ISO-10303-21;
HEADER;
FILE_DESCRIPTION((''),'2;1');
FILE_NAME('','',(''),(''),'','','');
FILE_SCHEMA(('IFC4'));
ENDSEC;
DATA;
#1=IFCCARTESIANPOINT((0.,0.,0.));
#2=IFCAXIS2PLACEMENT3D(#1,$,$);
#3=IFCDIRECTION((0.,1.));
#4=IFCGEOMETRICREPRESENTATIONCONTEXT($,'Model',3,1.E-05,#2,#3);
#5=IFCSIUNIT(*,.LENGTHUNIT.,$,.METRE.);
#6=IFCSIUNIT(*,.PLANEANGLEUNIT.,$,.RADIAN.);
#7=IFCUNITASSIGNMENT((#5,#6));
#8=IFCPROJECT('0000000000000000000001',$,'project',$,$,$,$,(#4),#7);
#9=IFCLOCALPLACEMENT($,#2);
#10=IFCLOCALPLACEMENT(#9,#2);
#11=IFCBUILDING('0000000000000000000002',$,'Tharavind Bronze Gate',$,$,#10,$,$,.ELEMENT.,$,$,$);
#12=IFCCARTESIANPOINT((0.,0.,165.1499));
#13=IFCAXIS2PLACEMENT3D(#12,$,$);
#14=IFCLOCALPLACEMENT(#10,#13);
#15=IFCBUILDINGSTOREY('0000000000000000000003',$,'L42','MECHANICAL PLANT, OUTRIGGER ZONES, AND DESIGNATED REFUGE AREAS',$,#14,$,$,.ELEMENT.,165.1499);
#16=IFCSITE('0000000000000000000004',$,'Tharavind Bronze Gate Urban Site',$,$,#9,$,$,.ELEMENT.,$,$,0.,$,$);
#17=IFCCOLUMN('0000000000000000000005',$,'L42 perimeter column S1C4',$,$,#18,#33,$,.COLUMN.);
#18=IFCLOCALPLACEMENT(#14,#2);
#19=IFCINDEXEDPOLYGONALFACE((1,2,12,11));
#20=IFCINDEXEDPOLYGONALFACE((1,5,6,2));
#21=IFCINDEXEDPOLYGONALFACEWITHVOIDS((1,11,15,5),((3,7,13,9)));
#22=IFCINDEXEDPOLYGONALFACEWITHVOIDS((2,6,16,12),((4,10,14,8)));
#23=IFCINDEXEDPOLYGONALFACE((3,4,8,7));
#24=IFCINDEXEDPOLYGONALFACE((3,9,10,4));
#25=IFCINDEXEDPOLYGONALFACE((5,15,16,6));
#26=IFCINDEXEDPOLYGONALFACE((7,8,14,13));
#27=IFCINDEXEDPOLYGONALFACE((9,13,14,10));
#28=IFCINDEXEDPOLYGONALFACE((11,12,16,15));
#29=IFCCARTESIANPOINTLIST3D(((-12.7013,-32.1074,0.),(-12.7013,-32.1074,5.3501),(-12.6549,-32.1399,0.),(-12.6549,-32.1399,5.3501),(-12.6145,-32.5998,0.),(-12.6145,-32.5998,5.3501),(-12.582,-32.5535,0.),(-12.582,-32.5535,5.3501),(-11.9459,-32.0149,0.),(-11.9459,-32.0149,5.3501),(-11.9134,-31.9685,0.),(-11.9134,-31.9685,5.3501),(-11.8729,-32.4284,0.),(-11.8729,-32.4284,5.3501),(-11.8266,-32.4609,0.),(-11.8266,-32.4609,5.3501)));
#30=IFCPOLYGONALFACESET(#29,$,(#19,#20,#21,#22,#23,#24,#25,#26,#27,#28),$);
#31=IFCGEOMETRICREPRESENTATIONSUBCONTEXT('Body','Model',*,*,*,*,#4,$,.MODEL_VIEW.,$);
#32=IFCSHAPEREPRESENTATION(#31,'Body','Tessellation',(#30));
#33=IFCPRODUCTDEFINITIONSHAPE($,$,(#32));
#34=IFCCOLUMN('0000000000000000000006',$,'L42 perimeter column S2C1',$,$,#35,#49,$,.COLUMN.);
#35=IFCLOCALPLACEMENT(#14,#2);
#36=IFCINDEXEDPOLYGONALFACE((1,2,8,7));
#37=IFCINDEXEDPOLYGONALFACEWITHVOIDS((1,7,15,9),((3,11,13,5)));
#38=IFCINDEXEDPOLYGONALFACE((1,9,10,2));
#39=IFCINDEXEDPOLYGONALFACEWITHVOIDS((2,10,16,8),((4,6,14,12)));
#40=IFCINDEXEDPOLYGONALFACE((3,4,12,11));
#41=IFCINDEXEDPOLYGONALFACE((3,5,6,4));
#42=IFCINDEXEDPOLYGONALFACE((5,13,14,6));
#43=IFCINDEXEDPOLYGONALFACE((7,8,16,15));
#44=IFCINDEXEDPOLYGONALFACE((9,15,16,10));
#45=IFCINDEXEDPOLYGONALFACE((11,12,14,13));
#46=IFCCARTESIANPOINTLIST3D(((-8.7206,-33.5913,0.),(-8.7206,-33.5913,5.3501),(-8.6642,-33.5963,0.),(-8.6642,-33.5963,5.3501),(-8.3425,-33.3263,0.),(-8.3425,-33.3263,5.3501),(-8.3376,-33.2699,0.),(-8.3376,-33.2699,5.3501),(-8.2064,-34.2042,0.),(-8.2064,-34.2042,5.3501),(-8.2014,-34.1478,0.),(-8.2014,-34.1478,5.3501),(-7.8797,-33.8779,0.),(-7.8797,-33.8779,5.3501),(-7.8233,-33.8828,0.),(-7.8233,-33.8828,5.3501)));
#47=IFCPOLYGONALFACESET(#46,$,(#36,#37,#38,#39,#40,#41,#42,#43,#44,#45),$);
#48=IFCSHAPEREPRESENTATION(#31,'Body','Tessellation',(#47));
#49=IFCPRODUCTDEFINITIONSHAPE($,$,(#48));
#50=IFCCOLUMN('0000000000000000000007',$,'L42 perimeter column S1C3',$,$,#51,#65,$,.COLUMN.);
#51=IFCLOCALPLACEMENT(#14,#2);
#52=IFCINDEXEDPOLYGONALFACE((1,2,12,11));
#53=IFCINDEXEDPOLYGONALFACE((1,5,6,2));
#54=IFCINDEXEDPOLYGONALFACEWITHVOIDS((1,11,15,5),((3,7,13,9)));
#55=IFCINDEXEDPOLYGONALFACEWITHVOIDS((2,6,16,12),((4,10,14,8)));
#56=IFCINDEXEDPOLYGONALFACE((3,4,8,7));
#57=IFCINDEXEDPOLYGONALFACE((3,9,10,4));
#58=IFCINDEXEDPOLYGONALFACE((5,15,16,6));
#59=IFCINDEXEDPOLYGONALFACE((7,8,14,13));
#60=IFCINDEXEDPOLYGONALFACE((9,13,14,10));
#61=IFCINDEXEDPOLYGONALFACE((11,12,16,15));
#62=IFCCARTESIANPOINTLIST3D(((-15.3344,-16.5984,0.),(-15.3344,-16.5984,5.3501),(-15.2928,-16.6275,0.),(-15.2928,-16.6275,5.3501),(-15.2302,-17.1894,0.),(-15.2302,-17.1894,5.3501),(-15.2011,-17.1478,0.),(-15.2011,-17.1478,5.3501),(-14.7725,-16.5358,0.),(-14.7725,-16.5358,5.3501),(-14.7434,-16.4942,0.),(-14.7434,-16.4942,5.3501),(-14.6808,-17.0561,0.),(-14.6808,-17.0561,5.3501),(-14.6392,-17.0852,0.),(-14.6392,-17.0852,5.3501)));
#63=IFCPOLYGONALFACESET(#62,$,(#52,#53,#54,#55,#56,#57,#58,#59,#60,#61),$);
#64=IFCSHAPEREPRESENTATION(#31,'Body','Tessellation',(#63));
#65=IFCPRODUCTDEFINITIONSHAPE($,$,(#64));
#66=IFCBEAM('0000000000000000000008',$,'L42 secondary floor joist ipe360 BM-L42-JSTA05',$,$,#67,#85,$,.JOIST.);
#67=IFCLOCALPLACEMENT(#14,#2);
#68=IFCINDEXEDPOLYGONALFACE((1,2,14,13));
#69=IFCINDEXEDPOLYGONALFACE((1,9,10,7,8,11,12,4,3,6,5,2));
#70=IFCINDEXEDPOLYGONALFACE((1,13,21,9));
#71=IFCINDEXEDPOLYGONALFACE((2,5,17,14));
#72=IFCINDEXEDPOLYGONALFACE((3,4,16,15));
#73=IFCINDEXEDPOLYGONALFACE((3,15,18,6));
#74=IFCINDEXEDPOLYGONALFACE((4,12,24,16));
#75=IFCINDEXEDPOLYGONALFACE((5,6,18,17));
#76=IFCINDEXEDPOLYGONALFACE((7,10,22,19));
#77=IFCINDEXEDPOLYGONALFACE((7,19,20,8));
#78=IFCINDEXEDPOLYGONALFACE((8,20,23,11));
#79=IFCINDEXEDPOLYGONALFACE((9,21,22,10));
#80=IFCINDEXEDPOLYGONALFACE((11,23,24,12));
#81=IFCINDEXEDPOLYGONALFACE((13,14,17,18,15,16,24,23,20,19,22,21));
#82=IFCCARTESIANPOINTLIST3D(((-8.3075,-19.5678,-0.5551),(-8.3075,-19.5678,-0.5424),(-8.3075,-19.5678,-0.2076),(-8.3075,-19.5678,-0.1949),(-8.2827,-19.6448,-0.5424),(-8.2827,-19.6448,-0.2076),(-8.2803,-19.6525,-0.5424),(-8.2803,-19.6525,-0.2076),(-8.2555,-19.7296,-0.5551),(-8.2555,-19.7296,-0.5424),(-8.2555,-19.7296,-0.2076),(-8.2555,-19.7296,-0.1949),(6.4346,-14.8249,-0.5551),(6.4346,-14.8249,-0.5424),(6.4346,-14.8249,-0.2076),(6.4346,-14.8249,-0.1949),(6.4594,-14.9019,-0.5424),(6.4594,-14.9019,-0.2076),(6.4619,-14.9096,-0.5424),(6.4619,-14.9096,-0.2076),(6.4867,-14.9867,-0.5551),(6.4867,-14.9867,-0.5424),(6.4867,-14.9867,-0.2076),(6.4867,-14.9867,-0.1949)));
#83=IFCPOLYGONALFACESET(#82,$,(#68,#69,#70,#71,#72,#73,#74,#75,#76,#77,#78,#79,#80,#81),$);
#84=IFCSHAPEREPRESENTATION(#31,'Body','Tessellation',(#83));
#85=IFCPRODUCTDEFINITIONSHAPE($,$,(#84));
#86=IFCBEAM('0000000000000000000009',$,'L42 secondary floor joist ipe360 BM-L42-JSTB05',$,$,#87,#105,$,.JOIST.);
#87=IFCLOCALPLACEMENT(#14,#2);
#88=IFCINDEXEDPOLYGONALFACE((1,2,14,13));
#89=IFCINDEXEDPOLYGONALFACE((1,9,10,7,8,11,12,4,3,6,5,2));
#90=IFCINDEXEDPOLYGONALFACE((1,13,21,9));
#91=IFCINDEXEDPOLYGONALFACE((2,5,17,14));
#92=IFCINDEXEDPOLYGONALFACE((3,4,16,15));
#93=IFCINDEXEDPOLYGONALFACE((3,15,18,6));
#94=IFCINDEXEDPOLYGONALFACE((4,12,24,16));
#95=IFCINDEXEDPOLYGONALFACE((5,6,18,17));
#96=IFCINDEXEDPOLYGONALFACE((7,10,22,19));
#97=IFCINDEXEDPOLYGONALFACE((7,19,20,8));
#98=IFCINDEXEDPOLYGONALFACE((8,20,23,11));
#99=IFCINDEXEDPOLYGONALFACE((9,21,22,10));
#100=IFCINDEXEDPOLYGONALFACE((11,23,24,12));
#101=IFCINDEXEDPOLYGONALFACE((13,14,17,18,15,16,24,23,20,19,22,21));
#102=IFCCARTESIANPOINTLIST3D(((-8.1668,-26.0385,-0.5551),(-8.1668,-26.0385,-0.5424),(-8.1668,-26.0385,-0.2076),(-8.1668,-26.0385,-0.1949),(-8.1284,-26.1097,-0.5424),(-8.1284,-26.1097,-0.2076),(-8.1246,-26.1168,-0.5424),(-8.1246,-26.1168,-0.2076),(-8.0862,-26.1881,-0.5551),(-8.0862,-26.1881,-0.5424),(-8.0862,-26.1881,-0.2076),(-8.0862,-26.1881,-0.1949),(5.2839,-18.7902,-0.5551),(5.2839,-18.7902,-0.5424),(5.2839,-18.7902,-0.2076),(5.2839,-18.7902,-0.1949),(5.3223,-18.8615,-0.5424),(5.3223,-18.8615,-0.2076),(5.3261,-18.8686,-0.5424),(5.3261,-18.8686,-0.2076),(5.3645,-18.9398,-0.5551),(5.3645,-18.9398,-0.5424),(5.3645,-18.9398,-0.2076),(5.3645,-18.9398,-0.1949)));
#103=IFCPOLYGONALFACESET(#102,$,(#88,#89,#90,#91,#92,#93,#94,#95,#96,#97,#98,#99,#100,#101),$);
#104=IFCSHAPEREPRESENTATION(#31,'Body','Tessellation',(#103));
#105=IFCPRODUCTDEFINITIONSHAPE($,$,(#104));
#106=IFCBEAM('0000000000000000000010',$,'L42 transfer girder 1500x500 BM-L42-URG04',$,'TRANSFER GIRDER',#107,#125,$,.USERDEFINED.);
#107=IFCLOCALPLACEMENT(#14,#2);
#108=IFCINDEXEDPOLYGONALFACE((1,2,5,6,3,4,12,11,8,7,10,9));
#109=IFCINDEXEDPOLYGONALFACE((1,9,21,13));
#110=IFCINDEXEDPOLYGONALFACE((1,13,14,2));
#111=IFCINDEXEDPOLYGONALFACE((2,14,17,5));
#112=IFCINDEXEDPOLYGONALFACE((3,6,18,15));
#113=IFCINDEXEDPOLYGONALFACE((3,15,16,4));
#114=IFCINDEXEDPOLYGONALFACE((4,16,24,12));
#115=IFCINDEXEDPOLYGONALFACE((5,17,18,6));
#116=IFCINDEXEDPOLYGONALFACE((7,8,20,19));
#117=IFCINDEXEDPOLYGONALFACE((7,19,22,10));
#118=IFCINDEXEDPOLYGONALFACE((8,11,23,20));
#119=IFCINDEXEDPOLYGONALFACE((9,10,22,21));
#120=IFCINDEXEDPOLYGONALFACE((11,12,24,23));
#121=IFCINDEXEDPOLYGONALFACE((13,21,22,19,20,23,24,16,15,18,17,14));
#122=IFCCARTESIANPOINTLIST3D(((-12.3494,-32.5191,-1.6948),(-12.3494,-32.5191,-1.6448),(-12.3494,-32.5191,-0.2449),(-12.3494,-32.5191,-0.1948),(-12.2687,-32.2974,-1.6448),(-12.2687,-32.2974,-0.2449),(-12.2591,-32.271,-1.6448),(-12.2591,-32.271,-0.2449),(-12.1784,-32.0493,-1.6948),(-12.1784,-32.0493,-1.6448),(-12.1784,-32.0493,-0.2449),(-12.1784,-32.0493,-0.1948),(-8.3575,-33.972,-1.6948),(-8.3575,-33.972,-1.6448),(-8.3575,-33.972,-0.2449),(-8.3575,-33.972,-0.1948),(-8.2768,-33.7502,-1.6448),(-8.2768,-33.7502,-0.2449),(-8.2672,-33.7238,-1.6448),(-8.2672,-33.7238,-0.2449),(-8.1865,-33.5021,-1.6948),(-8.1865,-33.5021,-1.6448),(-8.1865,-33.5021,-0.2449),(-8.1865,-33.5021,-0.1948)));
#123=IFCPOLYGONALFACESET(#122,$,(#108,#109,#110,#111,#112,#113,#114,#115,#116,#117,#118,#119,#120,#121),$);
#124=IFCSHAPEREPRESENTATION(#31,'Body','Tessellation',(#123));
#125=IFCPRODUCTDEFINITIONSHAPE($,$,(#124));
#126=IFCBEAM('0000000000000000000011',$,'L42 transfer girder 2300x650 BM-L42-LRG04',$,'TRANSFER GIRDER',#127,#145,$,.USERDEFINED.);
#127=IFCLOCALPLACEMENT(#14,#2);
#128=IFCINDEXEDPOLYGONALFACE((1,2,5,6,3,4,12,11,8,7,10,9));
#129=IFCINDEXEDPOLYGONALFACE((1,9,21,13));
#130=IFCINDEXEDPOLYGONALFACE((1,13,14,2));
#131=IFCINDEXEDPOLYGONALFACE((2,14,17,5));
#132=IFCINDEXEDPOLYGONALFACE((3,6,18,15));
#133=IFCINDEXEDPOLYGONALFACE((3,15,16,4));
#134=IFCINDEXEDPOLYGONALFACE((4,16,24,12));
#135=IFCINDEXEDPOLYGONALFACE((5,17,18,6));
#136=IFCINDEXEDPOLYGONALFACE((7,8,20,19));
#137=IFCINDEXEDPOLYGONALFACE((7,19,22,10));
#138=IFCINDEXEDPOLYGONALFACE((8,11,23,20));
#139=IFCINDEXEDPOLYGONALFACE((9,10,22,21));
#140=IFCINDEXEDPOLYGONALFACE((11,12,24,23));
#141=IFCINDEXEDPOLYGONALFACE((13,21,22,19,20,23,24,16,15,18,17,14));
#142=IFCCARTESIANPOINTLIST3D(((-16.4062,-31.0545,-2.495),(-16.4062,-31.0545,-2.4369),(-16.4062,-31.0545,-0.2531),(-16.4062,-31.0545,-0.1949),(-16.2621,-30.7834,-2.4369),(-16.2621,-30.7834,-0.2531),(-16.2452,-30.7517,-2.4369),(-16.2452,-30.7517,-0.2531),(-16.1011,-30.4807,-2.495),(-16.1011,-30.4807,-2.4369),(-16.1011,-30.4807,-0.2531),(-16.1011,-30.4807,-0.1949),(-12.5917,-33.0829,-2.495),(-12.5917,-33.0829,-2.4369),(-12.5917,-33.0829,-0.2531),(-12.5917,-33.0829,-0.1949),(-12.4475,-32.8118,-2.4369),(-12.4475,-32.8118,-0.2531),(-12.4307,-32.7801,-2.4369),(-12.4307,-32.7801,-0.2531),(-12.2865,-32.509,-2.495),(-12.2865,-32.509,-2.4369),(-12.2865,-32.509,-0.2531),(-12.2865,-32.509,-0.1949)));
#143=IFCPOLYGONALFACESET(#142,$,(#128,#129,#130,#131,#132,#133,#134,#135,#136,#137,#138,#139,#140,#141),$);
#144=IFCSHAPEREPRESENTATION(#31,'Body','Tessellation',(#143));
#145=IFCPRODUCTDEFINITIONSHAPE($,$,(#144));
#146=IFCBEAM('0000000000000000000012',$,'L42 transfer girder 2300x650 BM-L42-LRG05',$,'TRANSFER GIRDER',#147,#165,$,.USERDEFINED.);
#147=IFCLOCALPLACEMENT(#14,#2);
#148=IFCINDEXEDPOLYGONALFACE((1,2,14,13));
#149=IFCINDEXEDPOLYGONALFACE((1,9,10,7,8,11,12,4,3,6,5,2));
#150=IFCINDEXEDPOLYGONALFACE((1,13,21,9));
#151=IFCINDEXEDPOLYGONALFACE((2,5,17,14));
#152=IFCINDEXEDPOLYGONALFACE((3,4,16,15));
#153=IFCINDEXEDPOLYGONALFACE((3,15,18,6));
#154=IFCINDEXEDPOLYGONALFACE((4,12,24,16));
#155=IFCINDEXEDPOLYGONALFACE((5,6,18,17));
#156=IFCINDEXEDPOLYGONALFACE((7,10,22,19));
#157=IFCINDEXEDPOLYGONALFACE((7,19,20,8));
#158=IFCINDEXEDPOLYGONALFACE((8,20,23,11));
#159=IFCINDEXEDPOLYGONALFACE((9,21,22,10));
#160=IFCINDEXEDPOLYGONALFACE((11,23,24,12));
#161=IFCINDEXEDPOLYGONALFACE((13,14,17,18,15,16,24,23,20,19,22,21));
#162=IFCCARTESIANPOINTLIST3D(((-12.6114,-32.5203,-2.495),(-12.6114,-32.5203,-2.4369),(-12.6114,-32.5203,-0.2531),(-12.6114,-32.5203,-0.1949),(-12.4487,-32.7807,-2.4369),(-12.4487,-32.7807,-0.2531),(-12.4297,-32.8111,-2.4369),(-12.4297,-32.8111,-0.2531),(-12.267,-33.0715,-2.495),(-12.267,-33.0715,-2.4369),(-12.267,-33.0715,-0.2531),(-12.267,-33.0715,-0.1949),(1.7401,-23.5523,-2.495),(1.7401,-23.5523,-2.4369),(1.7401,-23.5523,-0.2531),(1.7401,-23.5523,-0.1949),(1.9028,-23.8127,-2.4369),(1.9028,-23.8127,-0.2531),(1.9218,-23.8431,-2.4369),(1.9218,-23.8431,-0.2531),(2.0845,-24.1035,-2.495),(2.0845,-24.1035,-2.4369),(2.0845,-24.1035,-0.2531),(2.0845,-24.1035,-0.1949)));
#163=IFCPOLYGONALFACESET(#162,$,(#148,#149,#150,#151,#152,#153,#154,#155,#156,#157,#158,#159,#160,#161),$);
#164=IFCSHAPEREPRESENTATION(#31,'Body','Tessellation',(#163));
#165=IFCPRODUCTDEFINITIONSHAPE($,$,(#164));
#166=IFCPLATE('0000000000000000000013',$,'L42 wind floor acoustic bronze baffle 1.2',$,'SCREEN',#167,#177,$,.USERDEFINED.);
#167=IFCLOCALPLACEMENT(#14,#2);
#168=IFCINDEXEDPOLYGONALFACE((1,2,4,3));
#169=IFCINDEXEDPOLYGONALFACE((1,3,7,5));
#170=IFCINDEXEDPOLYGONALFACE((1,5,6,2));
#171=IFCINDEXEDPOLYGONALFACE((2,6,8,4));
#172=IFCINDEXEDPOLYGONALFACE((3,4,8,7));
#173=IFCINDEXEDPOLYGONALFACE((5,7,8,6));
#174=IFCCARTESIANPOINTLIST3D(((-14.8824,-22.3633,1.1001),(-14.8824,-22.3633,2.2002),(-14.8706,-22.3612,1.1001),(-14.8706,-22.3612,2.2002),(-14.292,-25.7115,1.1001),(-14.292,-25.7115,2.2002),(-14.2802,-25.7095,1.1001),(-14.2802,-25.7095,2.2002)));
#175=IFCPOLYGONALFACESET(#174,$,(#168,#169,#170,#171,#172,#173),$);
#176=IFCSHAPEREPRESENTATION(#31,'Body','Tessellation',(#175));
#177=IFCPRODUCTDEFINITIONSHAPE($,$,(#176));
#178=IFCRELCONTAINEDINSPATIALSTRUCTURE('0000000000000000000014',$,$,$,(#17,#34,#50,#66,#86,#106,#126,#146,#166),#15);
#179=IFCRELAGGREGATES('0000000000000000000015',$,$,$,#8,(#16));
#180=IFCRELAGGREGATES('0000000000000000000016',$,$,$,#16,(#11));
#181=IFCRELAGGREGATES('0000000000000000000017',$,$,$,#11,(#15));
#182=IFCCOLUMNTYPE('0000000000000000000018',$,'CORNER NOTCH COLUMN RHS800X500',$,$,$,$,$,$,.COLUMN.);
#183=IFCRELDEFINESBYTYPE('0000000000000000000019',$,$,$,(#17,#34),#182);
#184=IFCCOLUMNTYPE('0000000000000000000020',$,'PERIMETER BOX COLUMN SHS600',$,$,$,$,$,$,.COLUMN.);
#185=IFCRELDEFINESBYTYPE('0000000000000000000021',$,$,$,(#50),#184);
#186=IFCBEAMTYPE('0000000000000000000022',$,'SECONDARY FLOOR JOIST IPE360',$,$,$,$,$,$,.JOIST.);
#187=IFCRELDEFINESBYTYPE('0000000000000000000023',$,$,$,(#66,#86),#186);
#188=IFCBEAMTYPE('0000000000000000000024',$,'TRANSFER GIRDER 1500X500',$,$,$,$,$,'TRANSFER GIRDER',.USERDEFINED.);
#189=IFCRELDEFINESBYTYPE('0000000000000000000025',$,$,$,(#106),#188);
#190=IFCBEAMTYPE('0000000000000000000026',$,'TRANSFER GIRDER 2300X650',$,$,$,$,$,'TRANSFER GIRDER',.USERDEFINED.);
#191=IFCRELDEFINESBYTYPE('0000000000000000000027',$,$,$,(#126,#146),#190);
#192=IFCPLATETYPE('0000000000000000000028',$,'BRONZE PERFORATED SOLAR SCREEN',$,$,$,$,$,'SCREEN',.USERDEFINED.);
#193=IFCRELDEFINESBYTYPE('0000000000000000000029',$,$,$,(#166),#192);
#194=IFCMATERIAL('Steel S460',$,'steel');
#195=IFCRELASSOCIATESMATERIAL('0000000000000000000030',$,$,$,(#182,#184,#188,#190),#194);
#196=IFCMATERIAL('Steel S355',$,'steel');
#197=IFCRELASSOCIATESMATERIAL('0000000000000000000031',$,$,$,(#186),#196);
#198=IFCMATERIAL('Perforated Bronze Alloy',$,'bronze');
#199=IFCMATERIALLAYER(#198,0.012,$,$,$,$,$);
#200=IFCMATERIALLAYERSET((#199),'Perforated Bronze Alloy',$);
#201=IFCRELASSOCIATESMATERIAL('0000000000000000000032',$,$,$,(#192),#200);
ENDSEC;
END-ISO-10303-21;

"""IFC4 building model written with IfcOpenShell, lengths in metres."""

from ifc_helpers import new_model, si_unit, direction, frame, origin, origin_2d, place, context, subcontext, project, spatial, rectangle, hollow_rectangle, i_section, extrude, material, layer, layer_set, material_profile, profile_set, type_object, element, save


model = new_model("IFC4")

# Units and contexts
model_context = context("Model", 3, precision=1e-05, world=origin(), true_north=direction((0.0, 1.0)))
body_context = subcontext(model_context, "Body", "Model", "MODEL_VIEW")
ifc_project = project(units=[si_unit("LENGTHUNIT", "METRE"), si_unit("PLANEANGLEUNIT", "RADIAN")], contexts=[model_context])

# Site, building, storey
site_placement = place(None, origin())
site = spatial("IfcSite", under=ifc_project, at=site_placement, Name="Tharavind Bronze Gate Urban Site", CompositionType="ELEMENT", RefElevation=0.0)
building_placement = place(site_placement, origin())
building = spatial("IfcBuilding", under=site, at=building_placement, Name="Tharavind Bronze Gate", CompositionType="ELEMENT")
storey_placement = place(building_placement, frame((0.0, 0.0, 165.1499)))
storey = spatial("IfcBuildingStorey", under=building, at=storey_placement, Name="L42", Description="MECHANICAL PLANT, OUTRIGGER ZONES, AND DESIGNATED REFUGE AREAS", CompositionType="ELEMENT", Elevation=165.1499)

# Columns
ifc_material_1 = material(Name="Steel S460", Category="steel")
ifc_material_profile_1 = material_profile(ifc_material_1, hollow_rectangle(XDim=0.5, YDim=0.8, WallThickness=0.04, at=origin_2d()), Name="RHS800X500X40")
ifc_profile_set_1 = profile_set([ifc_material_profile_1], Name="Steel S460")
column_type_1 = type_object("IfcColumnType", Name="CORNER NOTCH COLUMN RHS800X500", PredefinedType="COLUMN", material=ifc_profile_set_1)
for number, where, z_axis, x_axis, name in (
    (1, (-12.2639, -32.2842, 0.0), (0.0, 0.0, 1.0), (-0.173648, 0.984808, 0.0), "L42 perimeter column S1C4"),
    (2, (-8.272, -33.7371, 0.0), (0.0, 0.0, 1.0), (0.766043, 0.642789, 0.0), "L42 perimeter column S2C1"),
):
    element("IfcColumn", number, at=place(storey_placement, frame(where, z_axis=z_axis, x_axis=x_axis)), inside=storey, type_object=column_type_1, Name=name, PredefinedType="COLUMN", context=body_context, shape_type="SweptSolid", body=[
        extrude(hollow_rectangle(XDim=0.5, YDim=0.8, WallThickness=0.04, at=origin_2d()), origin(), (0.0, 0.0, 1.0), 5.3501),
    ])
ifc_material_profile_2 = material_profile(ifc_material_1, hollow_rectangle(XDim=0.6001, YDim=0.6001, WallThickness=0.0359, at=origin_2d()), Name="SHS600X36")
ifc_profile_set_2 = profile_set([ifc_material_profile_2], Name="Steel S460")
column_type_2 = type_object("IfcColumnType", Name="PERIMETER BOX COLUMN SHS600", PredefinedType="COLUMN", material=ifc_profile_set_2)
column_placement = place(storey_placement, frame((-14.9868, -16.8418, 0.0), z_axis=(0.0, 0.0, 1.0), x_axis=(-0.173648, 0.984808, 0.0)))
element("IfcColumn", 3, at=column_placement, inside=storey, type_object=column_type_2, Name="L42 perimeter column S1C3", PredefinedType="COLUMN", context=body_context, shape_type="SweptSolid", body=[
    extrude(hollow_rectangle(XDim=0.6001, YDim=0.6001, WallThickness=0.0359, at=origin_2d()), origin(), (0.0, 0.0, 1.0), 5.3501),
])

# Beams
ifc_material_2 = material(Name="Steel S355", Category="steel")
ifc_material_profile_3 = material_profile(ifc_material_2, i_section(OverallWidth=0.1699, OverallDepth=0.3601, WebThickness=0.0081, FlangeThickness=0.0127, at=origin_2d()), Name="IPE360")
ifc_profile_set_3 = profile_set([ifc_material_profile_3], Name="Steel S355")
beam_type_1 = type_object("IfcBeamType", Name="SECONDARY FLOOR JOIST IPE360", PredefinedType="JOIST", material=ifc_profile_set_3)
beam_1_placement = place(storey_placement, frame((-8.2815, -19.6487, -0.375), z_axis=(0.951947, 0.306264, 0.0), x_axis=(-0.306264, 0.951947, 0.0)))
element("IfcBeam", 4, at=beam_1_placement, inside=storey, type_object=beam_type_1, Name="L42 secondary floor joist ipe360 BM-L42-JSTA05", PredefinedType="JOIST", context=body_context, shape_type="SweptSolid", body=[
    extrude(i_section(OverallWidth=0.1699, OverallDepth=0.3601, WebThickness=0.0081, FlangeThickness=0.0127, at=origin_2d()), origin(), (0.0, 0.0, 1.0), 15.4863),
])
beam_2_placement = place(storey_placement, frame((-8.1265, -26.1133, -0.375), z_axis=(0.880318, 0.474385, 0.0), x_axis=(-0.474385, 0.880318, 0.0)))
element("IfcBeam", 5, at=beam_2_placement, inside=storey, type_object=beam_type_1, Name="L42 secondary floor joist ipe360 BM-L42-JSTB05", PredefinedType="JOIST", context=body_context, shape_type="SweptSolid", body=[
    extrude(i_section(OverallWidth=0.1699, OverallDepth=0.3601, WebThickness=0.0081, FlangeThickness=0.0127, at=origin_2d()), origin(), (0.0, 0.0, 1.0), 15.2793),
])
ifc_material_profile_4 = material_profile(ifc_material_1, i_section(OverallWidth=0.5, OverallDepth=1.5, WebThickness=0.0281, FlangeThickness=0.05, at=origin_2d()), Name="PG1500X500")
ifc_profile_set_4 = profile_set([ifc_material_profile_4], Name="Steel S460")
beam_type_2 = type_object("IfcBeamType", Name="TRANSFER GIRDER 1500X500", ElementType="TRANSFER GIRDER", PredefinedType="USERDEFINED", material=ifc_profile_set_4)
beam_3_placement = place(storey_placement, frame((-12.2639, -32.2842, -0.9448), z_axis=(0.939698, -0.342006, 0.0), x_axis=(0.342006, 0.939698, 0.0)))
element("IfcBeam", 6, at=beam_3_placement, inside=storey, type_object=beam_type_2, Name="L42 transfer girder 1500x500 BM-L42-URG04", ObjectType="TRANSFER GIRDER", PredefinedType="USERDEFINED", context=body_context, shape_type="SweptSolid", body=[
    extrude(i_section(OverallWidth=0.5, OverallDepth=1.5, WebThickness=0.0281, FlangeThickness=0.05, at=origin_2d()), origin(), (0.0, 0.0, 1.0), 4.248),
])
ifc_material_profile_5 = material_profile(ifc_material_1, i_section(OverallWidth=0.6499, OverallDepth=2.3, WebThickness=0.0359, FlangeThickness=0.0581, at=origin_2d()), Name="PG2300X650")
ifc_profile_set_5 = profile_set([ifc_material_profile_5], Name="Steel S460")
beam_type_3 = type_object("IfcBeamType", Name="TRANSFER GIRDER 2300X650", ElementType="TRANSFER GIRDER", PredefinedType="USERDEFINED", material=ifc_profile_set_5)
beam_4_placement = place(storey_placement, frame((-16.2537, -30.7676, -1.345), z_axis=(0.882934, -0.469497, 0.0), x_axis=(0.469497, 0.882934, 0.0)))
element("IfcBeam", 7, at=beam_4_placement, inside=storey, type_object=beam_type_3, Name="L42 transfer girder 2300x650 BM-L42-LRG04", ObjectType="TRANSFER GIRDER", PredefinedType="USERDEFINED", context=body_context, shape_type="SweptSolid", body=[
    extrude(i_section(OverallWidth=0.6499, OverallDepth=2.3, WebThickness=0.0359, FlangeThickness=0.0581, at=origin_2d()), origin(), (0.0, 0.0, 1.0), 4.3203),
])
beam_5_placement = place(storey_placement, frame((-12.4392, -32.7959, -1.345), z_axis=(0.848044, 0.529926, 0.0), x_axis=(-0.529926, 0.848044, 0.0)))
element("IfcBeam", 8, at=beam_5_placement, inside=storey, type_object=beam_type_3, Name="L42 transfer girder 2300x650 BM-L42-LRG05", ObjectType="TRANSFER GIRDER", PredefinedType="USERDEFINED", context=body_context, shape_type="SweptSolid", body=[
    extrude(i_section(OverallWidth=0.6499, OverallDepth=2.3, WebThickness=0.0359, FlangeThickness=0.0581, at=origin_2d()), origin(), (0.0, 0.0, 1.0), 16.9231),
])

# Plate
ifc_material_3 = material(Name="Perforated Bronze Alloy", Category="bronze")
ifc_layer_1 = layer(ifc_material_3, 0.012)
ifc_layer_set_1 = layer_set([ifc_layer_1], Name="Perforated Bronze Alloy")
plate_type_1 = type_object("IfcPlateType", Name="BRONZE PERFORATED SOLAR SCREEN", ElementType="SCREEN", PredefinedType="USERDEFINED", material=ifc_layer_set_1)
for number, where, z_axis, x_axis, name in (
    (9, (-14.5813, -24.0364, 1.1001), (0.0, 0.0, 1.0), (0.173648, -0.984808, 0.0), "L42 wind floor acoustic bronze baffle 1.2"),
):
    element("IfcPlate", number, at=place(storey_placement, frame(where, z_axis=z_axis, x_axis=x_axis)), inside=storey, type_object=plate_type_1, Name=name, ObjectType="SCREEN", PredefinedType="USERDEFINED", context=body_context, shape_type="SweptSolid", body=[
        extrude(rectangle(XDim=3.3999, YDim=0.012, at=origin_2d()), origin(), (0.0, 0.0, 1.0), 1.1001),
    ])

save(model, "model.ifc")
